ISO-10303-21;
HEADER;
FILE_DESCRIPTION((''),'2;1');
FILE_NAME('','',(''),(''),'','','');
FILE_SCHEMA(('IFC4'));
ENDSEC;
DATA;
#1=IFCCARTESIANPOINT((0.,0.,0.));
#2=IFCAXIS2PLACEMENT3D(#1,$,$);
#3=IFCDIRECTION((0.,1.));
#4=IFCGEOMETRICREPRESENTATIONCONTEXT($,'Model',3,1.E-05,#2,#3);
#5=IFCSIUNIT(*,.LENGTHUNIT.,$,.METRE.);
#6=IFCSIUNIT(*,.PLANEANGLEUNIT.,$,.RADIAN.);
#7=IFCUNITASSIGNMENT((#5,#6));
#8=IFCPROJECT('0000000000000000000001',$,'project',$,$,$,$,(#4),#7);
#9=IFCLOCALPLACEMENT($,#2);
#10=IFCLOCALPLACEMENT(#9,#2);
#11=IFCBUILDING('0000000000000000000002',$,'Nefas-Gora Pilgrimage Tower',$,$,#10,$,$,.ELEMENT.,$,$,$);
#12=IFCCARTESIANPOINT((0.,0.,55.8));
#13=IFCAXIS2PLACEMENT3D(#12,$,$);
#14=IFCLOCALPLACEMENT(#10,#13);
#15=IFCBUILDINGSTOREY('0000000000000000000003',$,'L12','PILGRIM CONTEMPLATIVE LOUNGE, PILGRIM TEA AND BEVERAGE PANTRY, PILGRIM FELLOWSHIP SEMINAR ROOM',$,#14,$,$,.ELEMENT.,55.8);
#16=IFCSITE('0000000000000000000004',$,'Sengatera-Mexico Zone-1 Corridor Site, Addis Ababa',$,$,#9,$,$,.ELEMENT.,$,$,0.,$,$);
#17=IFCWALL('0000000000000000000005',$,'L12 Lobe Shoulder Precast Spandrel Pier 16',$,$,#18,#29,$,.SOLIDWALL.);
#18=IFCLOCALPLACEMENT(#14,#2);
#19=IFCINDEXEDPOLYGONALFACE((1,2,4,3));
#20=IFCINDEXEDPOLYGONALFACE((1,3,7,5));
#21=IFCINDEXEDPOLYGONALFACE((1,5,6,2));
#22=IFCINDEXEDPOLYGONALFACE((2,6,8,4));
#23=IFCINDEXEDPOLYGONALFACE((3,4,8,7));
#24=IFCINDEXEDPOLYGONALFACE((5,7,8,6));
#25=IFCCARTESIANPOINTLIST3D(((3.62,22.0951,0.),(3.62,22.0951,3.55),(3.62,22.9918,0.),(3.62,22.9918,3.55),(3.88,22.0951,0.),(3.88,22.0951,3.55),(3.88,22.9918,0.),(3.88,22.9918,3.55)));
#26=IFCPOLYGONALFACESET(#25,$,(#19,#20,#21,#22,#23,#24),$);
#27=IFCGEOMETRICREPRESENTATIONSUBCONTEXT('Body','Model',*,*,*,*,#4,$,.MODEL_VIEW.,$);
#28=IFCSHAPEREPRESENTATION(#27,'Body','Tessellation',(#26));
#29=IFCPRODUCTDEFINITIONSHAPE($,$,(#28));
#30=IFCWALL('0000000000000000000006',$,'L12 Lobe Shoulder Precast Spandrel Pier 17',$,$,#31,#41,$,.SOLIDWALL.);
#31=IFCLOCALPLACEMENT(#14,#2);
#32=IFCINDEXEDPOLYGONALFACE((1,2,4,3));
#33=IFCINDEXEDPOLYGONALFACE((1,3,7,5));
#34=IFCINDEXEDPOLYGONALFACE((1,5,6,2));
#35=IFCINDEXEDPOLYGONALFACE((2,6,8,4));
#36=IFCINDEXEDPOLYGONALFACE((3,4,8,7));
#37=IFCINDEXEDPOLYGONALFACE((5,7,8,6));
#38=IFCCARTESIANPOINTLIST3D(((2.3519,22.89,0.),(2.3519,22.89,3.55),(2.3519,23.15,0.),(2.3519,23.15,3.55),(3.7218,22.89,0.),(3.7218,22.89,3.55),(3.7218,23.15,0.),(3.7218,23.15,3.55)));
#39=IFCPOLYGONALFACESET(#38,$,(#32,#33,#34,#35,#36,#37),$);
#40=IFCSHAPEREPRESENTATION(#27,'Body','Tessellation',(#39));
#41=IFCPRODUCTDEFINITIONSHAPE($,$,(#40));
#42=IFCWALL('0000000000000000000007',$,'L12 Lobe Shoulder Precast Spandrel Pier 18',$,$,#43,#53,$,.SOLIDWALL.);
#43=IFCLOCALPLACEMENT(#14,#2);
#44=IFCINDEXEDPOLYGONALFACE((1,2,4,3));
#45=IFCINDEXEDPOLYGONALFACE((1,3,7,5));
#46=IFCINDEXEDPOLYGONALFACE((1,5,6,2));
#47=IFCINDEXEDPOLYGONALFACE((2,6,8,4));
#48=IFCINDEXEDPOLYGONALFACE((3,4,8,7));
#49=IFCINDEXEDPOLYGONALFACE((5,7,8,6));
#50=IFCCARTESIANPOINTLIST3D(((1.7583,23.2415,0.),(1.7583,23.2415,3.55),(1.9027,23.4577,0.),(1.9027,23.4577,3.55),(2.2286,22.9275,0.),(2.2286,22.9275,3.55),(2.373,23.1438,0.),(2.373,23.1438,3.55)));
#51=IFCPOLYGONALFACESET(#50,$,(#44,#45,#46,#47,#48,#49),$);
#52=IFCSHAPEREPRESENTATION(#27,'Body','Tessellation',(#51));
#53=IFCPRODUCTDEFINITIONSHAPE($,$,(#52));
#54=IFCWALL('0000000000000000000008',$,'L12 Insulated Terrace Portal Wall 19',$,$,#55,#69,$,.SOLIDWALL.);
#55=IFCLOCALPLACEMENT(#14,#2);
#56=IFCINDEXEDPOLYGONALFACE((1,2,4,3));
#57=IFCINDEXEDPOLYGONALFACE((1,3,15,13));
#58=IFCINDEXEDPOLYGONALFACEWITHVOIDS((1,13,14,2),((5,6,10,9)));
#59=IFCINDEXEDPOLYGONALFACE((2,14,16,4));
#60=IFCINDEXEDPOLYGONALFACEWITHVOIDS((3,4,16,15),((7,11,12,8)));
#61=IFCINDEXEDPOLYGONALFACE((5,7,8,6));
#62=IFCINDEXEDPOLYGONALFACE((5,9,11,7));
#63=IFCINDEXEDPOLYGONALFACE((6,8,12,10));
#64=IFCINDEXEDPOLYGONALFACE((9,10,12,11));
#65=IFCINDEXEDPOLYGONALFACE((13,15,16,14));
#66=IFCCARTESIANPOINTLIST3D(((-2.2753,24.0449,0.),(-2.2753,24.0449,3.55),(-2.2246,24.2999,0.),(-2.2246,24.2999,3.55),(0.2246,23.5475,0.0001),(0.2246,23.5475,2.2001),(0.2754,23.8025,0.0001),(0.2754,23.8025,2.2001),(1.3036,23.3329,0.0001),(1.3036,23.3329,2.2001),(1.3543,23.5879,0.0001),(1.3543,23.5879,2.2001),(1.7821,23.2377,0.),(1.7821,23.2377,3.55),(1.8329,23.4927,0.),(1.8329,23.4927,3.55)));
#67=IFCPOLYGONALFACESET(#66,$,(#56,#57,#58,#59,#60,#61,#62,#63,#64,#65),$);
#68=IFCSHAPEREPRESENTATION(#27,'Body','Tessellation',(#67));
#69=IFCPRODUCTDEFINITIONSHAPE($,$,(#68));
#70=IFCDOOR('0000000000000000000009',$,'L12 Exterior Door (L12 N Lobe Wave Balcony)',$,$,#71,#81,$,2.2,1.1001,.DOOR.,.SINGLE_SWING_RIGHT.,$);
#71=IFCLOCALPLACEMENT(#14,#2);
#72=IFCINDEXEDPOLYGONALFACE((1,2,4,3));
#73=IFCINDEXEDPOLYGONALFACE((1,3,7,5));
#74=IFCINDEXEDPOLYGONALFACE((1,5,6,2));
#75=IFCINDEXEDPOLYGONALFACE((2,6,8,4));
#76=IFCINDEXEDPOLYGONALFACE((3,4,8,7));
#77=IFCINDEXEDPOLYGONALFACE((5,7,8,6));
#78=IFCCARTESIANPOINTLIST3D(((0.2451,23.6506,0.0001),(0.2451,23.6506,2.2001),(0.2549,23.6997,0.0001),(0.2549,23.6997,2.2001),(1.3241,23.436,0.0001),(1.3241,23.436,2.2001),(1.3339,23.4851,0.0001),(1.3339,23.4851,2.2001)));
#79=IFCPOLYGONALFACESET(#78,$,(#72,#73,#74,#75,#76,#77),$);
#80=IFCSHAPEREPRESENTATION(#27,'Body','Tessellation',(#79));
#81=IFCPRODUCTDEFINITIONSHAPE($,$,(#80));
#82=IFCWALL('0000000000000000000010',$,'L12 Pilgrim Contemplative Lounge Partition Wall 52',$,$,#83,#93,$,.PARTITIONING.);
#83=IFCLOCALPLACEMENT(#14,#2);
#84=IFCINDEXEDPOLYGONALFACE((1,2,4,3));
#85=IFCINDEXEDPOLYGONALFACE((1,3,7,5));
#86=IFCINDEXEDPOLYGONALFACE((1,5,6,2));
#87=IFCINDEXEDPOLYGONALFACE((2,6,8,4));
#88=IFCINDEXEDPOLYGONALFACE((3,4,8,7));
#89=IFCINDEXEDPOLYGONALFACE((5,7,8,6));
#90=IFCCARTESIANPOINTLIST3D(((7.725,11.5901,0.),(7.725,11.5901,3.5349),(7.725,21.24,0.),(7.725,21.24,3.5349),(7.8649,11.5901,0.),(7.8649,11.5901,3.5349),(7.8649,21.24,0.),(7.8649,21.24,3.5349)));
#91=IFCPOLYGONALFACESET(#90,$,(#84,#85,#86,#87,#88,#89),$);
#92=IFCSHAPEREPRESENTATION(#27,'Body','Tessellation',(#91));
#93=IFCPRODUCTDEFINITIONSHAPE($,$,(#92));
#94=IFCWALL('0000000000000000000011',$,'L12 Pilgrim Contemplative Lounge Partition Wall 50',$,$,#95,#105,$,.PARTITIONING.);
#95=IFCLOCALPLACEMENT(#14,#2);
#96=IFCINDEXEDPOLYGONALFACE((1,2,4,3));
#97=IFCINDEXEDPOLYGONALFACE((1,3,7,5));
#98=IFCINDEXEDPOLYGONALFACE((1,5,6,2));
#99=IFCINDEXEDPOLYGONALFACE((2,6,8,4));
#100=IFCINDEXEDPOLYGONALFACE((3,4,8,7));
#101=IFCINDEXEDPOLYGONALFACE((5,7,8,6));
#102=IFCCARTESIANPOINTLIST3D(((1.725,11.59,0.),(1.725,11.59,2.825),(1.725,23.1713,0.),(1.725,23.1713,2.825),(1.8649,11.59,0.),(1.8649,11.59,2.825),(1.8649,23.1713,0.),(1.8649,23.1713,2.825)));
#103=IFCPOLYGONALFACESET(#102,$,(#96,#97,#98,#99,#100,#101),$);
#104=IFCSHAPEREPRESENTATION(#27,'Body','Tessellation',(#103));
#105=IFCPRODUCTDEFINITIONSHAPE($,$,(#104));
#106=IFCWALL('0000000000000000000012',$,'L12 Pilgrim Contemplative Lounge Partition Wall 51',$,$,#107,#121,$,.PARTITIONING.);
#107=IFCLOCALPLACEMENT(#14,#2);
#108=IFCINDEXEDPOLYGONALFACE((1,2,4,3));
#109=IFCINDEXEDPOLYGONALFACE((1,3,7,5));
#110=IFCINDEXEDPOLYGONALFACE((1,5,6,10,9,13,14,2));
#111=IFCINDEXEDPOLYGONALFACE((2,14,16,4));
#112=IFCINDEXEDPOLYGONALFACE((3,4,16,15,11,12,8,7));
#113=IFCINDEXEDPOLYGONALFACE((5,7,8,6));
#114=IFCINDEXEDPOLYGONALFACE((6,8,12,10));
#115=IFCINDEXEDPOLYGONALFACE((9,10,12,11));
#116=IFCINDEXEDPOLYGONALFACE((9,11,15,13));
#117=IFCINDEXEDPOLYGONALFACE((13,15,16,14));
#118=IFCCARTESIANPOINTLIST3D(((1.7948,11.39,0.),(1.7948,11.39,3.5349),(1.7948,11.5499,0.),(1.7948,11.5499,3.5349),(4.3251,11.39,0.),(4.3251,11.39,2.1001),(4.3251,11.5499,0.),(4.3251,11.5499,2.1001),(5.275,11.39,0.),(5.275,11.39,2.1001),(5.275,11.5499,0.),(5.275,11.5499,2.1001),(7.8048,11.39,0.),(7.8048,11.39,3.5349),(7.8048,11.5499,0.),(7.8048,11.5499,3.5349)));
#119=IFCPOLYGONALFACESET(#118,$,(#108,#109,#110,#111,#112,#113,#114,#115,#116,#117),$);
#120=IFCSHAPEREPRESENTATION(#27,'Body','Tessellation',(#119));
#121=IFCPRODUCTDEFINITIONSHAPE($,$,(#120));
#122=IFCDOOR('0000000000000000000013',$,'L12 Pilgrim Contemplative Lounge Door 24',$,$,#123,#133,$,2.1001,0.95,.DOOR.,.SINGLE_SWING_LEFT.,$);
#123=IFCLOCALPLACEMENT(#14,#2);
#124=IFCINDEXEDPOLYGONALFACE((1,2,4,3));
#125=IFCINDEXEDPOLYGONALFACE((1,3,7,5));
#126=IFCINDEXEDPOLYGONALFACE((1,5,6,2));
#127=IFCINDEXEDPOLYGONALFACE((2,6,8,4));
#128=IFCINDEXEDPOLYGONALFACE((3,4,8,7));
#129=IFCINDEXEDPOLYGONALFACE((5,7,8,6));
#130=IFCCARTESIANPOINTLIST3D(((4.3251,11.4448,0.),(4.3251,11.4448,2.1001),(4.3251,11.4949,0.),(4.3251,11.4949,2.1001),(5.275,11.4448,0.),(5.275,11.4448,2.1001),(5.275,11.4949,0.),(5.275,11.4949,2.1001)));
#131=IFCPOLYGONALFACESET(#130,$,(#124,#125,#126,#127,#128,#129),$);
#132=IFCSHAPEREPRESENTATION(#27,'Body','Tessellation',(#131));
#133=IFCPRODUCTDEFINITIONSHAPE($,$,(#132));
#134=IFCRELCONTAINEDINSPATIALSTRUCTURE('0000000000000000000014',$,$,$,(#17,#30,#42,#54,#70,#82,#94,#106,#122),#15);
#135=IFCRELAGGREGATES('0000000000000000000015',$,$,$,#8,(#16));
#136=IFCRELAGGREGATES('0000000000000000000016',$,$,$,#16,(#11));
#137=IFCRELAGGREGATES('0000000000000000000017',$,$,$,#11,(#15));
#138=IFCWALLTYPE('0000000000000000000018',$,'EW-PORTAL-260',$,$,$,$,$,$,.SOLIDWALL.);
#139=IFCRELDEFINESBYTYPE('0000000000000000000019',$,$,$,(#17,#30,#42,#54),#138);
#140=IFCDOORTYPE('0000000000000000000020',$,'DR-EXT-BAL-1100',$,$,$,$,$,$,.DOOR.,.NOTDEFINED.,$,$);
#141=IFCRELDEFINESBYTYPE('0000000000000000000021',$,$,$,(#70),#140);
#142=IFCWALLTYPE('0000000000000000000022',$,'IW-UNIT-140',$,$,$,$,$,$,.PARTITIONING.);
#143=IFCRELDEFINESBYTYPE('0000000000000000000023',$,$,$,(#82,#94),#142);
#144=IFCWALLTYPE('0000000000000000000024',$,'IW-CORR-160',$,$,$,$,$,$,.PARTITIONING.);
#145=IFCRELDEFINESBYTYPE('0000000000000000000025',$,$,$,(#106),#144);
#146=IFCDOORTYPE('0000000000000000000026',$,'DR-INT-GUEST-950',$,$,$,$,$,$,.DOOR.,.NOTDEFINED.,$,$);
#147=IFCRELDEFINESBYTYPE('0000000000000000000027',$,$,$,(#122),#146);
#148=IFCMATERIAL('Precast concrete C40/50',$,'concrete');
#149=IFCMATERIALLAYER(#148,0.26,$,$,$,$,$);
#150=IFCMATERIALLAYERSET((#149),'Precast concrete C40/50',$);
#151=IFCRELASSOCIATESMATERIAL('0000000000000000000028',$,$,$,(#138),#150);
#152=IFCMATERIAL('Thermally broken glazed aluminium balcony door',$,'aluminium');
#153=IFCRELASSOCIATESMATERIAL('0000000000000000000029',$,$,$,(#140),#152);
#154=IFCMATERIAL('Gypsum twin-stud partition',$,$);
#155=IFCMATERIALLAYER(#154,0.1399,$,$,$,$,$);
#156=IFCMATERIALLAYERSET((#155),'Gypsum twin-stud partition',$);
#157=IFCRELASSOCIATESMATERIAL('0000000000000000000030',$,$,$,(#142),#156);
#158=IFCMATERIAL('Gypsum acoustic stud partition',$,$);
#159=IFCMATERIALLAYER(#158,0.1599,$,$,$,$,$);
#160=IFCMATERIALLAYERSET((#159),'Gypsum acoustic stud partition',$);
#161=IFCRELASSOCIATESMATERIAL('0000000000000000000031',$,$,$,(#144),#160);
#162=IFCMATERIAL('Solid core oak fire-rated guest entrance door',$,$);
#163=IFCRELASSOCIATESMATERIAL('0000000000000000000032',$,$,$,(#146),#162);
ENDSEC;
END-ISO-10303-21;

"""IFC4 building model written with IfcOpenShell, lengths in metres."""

from ifc_helpers import new_model, si_unit, direction, frame, frame_2d, origin, place, context, subcontext, project, spatial, rectangle, extrude, source, transform, mapped, material, layer, layer_set, type_object, element, fill, save


model = new_model("IFC4")

# Units and contexts
model_context = context("Model", 3, precision=1e-05, world=origin(), true_north=direction((0.0, 1.0)))
body_context = subcontext(model_context, "Body", "Model", "MODEL_VIEW")
ifc_project = project(units=[si_unit("LENGTHUNIT", "METRE"), si_unit("PLANEANGLEUNIT", "RADIAN")], contexts=[model_context])

# Site, building, storey
site_placement = place(None, origin())
site = spatial("IfcSite", under=ifc_project, at=site_placement, Name="Sengatera-Mexico Zone-1 Corridor Site, Addis Ababa", CompositionType="ELEMENT", RefElevation=0.0)
building_placement = place(site_placement, origin())
building = spatial("IfcBuilding", under=site, at=building_placement, Name="Nefas-Gora Pilgrimage Tower", CompositionType="ELEMENT")
storey_placement = place(building_placement, frame((0.0, 0.0, 55.8)))
storey = spatial("IfcBuildingStorey", under=building, at=storey_placement, Name="L12", Description="PILGRIM CONTEMPLATIVE LOUNGE, PILGRIM TEA AND BEVERAGE PANTRY, PILGRIM FELLOWSHIP SEMINAR ROOM", CompositionType="ELEMENT", Elevation=55.8)

# Walls
ifc_material_1 = material(Name="Precast concrete C40/50", Category="concrete")
ifc_layer_1 = layer(ifc_material_1, 0.26)
ifc_layer_set_1 = layer_set([ifc_layer_1], Name="Precast concrete C40/50")
wall_type_1 = type_object("IfcWallType", Name="EW-PORTAL-260", PredefinedType="SOLIDWALL", material=ifc_layer_set_1)
shared_shape_1 = source(origin(), body_context, "Body", "SweptSolid", [
    extrude(rectangle(XDim=0.8967, YDim=0.26, at=frame_2d((0.4482, 0.0))), origin(), (0.0, 0.0, 1.0), 3.55),
])
wall_1_placement = place(storey_placement, frame((3.75, 22.0952, 0.0), z_axis=(0.0, 0.0, 1.0), x_axis=(0.0, 1.0, 0.0)))
element("IfcWall", 1, at=wall_1_placement, inside=storey, type_object=wall_type_1, Name="L12 Lobe Shoulder Precast Spandrel Pier 16", PredefinedType="SOLIDWALL", context=body_context, shape_type="MappedRepresentation", body=[
    mapped(shared_shape_1, transform((0.0, 0.0, 0.0), x_axis=(1.0, 0.0, 0.0), y_axis=(0.0, 1.0, 0.0), z_axis=(0.0, 0.0, 1.0), scale=1.0)),
])
shared_shape_2 = source(origin(), body_context, "Body", "SweptSolid", [
    extrude(rectangle(XDim=1.3699, YDim=0.26, at=frame_2d((0.6851, 0.0))), origin(), (0.0, 0.0, 1.0), 3.55),
])
wall_2_placement = place(storey_placement, frame((3.7219, 23.02, 0.0), z_axis=(0.0, 0.0, 1.0), x_axis=(-1.0, 0.0, 0.0)))
element("IfcWall", 2, at=wall_2_placement, inside=storey, type_object=wall_type_1, Name="L12 Lobe Shoulder Precast Spandrel Pier 17", PredefinedType="SOLIDWALL", context=body_context, shape_type="MappedRepresentation", body=[
    mapped(shared_shape_2, transform((0.0, 0.0, 0.0), x_axis=(1.0, 0.0, 0.0), y_axis=(0.0, 1.0, 0.0), z_axis=(0.0, 0.0, 1.0), scale=1.0)),
])
shared_shape_3 = source(origin(), body_context, "Body", "SweptSolid", [
    extrude(rectangle(XDim=0.5654, YDim=0.26, at=frame_2d((0.2827, 0.0))), origin(), (0.0, 0.0, 1.0), 3.55),
])
wall_3_placement = place(storey_placement, frame((2.3008, 23.0356, 0.0), z_axis=(0.0, 0.0, 1.0), x_axis=(-0.831651, 0.555298, 0.0)))
element("IfcWall", 3, at=wall_3_placement, inside=storey, type_object=wall_type_1, Name="L12 Lobe Shoulder Precast Spandrel Pier 18", PredefinedType="SOLIDWALL", context=body_context, shape_type="MappedRepresentation", body=[
    mapped(shared_shape_3, transform((0.0, 0.0, 0.0), x_axis=(1.0, 0.0, 0.0), y_axis=(0.0, 1.0, 0.0), z_axis=(0.0, 0.0, 1.0), scale=1.0)),
])

# Wall, opening, door
shared_shape_4 = source(origin(), body_context, "Body", "SweptSolid", [
    extrude(rectangle(XDim=4.137, YDim=0.26, at=frame_2d((2.0684, 0.0))), origin(), (0.0, 0.0, 1.0), 3.55),
])
wall_4_placement = place(storey_placement, frame((1.8074, 23.3652, 0.0), z_axis=(0.0, 0.0, 1.0), x_axis=(-0.980782, 0.195106, 0.0)))
wall_4 = element("IfcWall", 4, at=wall_4_placement, inside=storey, type_object=wall_type_1, Name="L12 Insulated Terrace Portal Wall 19", PredefinedType="SOLIDWALL", context=body_context, shape_type="MappedRepresentation", body=[
    mapped(shared_shape_4, transform((0.0, 0.0, 0.0), x_axis=(1.0, 0.0, 0.0), y_axis=(0.0, 1.0, 0.0), z_axis=(0.0, 0.0, 1.0), scale=1.0)),
])
opening_1_placement = place(wall_4_placement, frame((0.4878, 0.0, 0.0)))
opening_1 = element("IfcOpeningElement", 5, at=opening_1_placement, cuts=wall_4, PredefinedType="OPENING", context=body_context, shape_type="SweptSolid", body=[
    extrude(rectangle(XDim=1.1001, YDim=2.2, at=frame_2d((0.55, 1.1001))), frame((0.0, 0.1399, 0.0), z_axis=(0.0, -1.0, 0.0), x_axis=(1.0, 0.0, 0.0)), (0.0, 0.0, 1.0), 0.28),
])
ifc_material_2 = material(Name="Thermally broken glazed aluminium balcony door", Category="aluminium")
door_type_1 = type_object("IfcDoorType", Name="DR-EXT-BAL-1100", OperationType="NOTDEFINED", PredefinedType="DOOR", material=ifc_material_2)
shared_shape_5 = source(origin(), body_context, "Body", "SweptSolid", [
    extrude(rectangle(XDim=1.1001, YDim=2.2, at=frame_2d((0.55, 1.1001))), frame((0.0, 0.0249, 0.0), z_axis=(0.0, -1.0, 0.0), x_axis=(1.0, 0.0, 0.0)), (0.0, 0.0, 1.0), 0.05),
])
door_1_placement = place(opening_1_placement, origin())
door_1 = element("IfcDoor", 6, at=door_1_placement, inside=storey, type_object=door_type_1, Name="L12 Exterior Door (L12 N Lobe Wave Balcony)", OperationType="SINGLE_SWING_RIGHT", OverallHeight=2.2, OverallWidth=1.1001, PredefinedType="DOOR", context=body_context, shape_type="MappedRepresentation", body=[
    mapped(shared_shape_5, transform((0.0, 0.0, 0.0), x_axis=(1.0, 0.0, 0.0), y_axis=(0.0, 1.0, 0.0), z_axis=(0.0, 0.0, 1.0), scale=1.0)),
])
fill(opening_1, door_1)

# Walls
ifc_material_3 = material(Name="Gypsum twin-stud partition")
ifc_layer_2 = layer(ifc_material_3, 0.1399)
ifc_layer_set_2 = layer_set([ifc_layer_2], Name="Gypsum twin-stud partition")
wall_type_2 = type_object("IfcWallType", Name="IW-UNIT-140", PredefinedType="PARTITIONING", material=ifc_layer_set_2)
shared_shape_6 = source(origin(), body_context, "Body", "SweptSolid", [
    extrude(rectangle(XDim=9.6499, YDim=0.1399, at=frame_2d((4.825, 0.0))), origin(), (0.0, 0.0, 1.0), 3.5349),
])
wall_5_placement = place(storey_placement, frame((7.7949, 11.5901, 0.0), z_axis=(0.0, 0.0, 1.0), x_axis=(0.0, 1.0, 0.0)))
element("IfcWall", 7, at=wall_5_placement, inside=storey, type_object=wall_type_2, Name="L12 Pilgrim Contemplative Lounge Partition Wall 52", PredefinedType="PARTITIONING", context=body_context, shape_type="MappedRepresentation", body=[
    mapped(shared_shape_6, transform((0.0, 0.0, 0.0), x_axis=(1.0, 0.0, 0.0), y_axis=(0.0, 1.0, 0.0), z_axis=(0.0, 0.0, 1.0), scale=1.0)),
])
shared_shape_7 = source(origin(), body_context, "Body", "SweptSolid", [
    extrude(rectangle(XDim=11.5813, YDim=0.1399, at=frame_2d((5.7905, 0.0))), origin(), (0.0, 0.0, 1.0), 2.825),
])
wall_6_placement = place(storey_placement, frame((1.7949, 11.5901, 0.0), z_axis=(0.0, 0.0, 1.0), x_axis=(0.0, 1.0, 0.0)))
element("IfcWall", 8, at=wall_6_placement, inside=storey, type_object=wall_type_2, Name="L12 Pilgrim Contemplative Lounge Partition Wall 50", PredefinedType="PARTITIONING", context=body_context, shape_type="MappedRepresentation", body=[
    mapped(shared_shape_7, transform((0.0, 0.0, 0.0), x_axis=(1.0, 0.0, 0.0), y_axis=(0.0, 1.0, 0.0), z_axis=(0.0, 0.0, 1.0), scale=1.0)),
])

# Wall, opening, door
ifc_material_4 = material(Name="Gypsum acoustic stud partition")
ifc_layer_3 = layer(ifc_material_4, 0.1599)
ifc_layer_set_3 = layer_set([ifc_layer_3], Name="Gypsum acoustic stud partition")
wall_type_3 = type_object("IfcWallType", Name="IW-CORR-160", PredefinedType="PARTITIONING", material=ifc_layer_set_3)
shared_shape_8 = source(origin(), body_context, "Body", "SweptSolid", [
    extrude(rectangle(XDim=6.01, YDim=0.1599, at=frame_2d((3.0049, 0.0))), origin(), (0.0, 0.0, 1.0), 3.5349),
])
wall_7_placement = place(storey_placement, frame((1.7949, 11.47, 0.0), z_axis=(0.0, 0.0, 1.0), x_axis=(1.0, 0.0, 0.0)))
wall_7 = element("IfcWall", 9, at=wall_7_placement, inside=storey, type_object=wall_type_3, Name="L12 Pilgrim Contemplative Lounge Partition Wall 51", PredefinedType="PARTITIONING", context=body_context, shape_type="MappedRepresentation", body=[
    mapped(shared_shape_8, transform((0.0, 0.0, 0.0), x_axis=(1.0, 0.0, 0.0), y_axis=(0.0, 1.0, 0.0), z_axis=(0.0, 0.0, 1.0), scale=1.0)),
])
opening_2_placement = place(wall_7_placement, frame((2.53, 0.0, 0.0)))
opening_2 = element("IfcOpeningElement", 10, at=opening_2_placement, cuts=wall_7, PredefinedType="OPENING", context=body_context, shape_type="SweptSolid", body=[
    extrude(rectangle(XDim=0.95, YDim=2.1001, at=frame_2d((0.4751, 1.05))), frame((0.0, 0.0898, 0.0), z_axis=(0.0, -1.0, 0.0), x_axis=(1.0, 0.0, 0.0)), (0.0, 0.0, 1.0), 0.1799),
])
ifc_material_5 = material(Name="Solid core oak fire-rated guest entrance door")
door_type_2 = type_object("IfcDoorType", Name="DR-INT-GUEST-950", OperationType="NOTDEFINED", PredefinedType="DOOR", material=ifc_material_5)
shared_shape_9 = source(origin(), body_context, "Body", "SweptSolid", [
    extrude(rectangle(XDim=0.95, YDim=2.1001, at=frame_2d((0.4751, 1.05))), frame((0.0, 0.0249, 0.0), z_axis=(0.0, -1.0, 0.0), x_axis=(1.0, 0.0, 0.0)), (0.0, 0.0, 1.0), 0.05),
])
door_2_placement = place(opening_2_placement, origin())
door_2 = element("IfcDoor", 11, at=door_2_placement, inside=storey, type_object=door_type_2, Name="L12 Pilgrim Contemplative Lounge Door 24", OperationType="SINGLE_SWING_LEFT", OverallHeight=2.1001, OverallWidth=0.95, PredefinedType="DOOR", context=body_context, shape_type="MappedRepresentation", body=[
    mapped(shared_shape_9, transform((0.0, 0.0, 0.0), x_axis=(1.0, 0.0, 0.0), y_axis=(0.0, 1.0, 0.0), z_axis=(0.0, 0.0, 1.0), scale=1.0)),
])
fill(opening_2, door_2)

save(model, "model.ifc")
